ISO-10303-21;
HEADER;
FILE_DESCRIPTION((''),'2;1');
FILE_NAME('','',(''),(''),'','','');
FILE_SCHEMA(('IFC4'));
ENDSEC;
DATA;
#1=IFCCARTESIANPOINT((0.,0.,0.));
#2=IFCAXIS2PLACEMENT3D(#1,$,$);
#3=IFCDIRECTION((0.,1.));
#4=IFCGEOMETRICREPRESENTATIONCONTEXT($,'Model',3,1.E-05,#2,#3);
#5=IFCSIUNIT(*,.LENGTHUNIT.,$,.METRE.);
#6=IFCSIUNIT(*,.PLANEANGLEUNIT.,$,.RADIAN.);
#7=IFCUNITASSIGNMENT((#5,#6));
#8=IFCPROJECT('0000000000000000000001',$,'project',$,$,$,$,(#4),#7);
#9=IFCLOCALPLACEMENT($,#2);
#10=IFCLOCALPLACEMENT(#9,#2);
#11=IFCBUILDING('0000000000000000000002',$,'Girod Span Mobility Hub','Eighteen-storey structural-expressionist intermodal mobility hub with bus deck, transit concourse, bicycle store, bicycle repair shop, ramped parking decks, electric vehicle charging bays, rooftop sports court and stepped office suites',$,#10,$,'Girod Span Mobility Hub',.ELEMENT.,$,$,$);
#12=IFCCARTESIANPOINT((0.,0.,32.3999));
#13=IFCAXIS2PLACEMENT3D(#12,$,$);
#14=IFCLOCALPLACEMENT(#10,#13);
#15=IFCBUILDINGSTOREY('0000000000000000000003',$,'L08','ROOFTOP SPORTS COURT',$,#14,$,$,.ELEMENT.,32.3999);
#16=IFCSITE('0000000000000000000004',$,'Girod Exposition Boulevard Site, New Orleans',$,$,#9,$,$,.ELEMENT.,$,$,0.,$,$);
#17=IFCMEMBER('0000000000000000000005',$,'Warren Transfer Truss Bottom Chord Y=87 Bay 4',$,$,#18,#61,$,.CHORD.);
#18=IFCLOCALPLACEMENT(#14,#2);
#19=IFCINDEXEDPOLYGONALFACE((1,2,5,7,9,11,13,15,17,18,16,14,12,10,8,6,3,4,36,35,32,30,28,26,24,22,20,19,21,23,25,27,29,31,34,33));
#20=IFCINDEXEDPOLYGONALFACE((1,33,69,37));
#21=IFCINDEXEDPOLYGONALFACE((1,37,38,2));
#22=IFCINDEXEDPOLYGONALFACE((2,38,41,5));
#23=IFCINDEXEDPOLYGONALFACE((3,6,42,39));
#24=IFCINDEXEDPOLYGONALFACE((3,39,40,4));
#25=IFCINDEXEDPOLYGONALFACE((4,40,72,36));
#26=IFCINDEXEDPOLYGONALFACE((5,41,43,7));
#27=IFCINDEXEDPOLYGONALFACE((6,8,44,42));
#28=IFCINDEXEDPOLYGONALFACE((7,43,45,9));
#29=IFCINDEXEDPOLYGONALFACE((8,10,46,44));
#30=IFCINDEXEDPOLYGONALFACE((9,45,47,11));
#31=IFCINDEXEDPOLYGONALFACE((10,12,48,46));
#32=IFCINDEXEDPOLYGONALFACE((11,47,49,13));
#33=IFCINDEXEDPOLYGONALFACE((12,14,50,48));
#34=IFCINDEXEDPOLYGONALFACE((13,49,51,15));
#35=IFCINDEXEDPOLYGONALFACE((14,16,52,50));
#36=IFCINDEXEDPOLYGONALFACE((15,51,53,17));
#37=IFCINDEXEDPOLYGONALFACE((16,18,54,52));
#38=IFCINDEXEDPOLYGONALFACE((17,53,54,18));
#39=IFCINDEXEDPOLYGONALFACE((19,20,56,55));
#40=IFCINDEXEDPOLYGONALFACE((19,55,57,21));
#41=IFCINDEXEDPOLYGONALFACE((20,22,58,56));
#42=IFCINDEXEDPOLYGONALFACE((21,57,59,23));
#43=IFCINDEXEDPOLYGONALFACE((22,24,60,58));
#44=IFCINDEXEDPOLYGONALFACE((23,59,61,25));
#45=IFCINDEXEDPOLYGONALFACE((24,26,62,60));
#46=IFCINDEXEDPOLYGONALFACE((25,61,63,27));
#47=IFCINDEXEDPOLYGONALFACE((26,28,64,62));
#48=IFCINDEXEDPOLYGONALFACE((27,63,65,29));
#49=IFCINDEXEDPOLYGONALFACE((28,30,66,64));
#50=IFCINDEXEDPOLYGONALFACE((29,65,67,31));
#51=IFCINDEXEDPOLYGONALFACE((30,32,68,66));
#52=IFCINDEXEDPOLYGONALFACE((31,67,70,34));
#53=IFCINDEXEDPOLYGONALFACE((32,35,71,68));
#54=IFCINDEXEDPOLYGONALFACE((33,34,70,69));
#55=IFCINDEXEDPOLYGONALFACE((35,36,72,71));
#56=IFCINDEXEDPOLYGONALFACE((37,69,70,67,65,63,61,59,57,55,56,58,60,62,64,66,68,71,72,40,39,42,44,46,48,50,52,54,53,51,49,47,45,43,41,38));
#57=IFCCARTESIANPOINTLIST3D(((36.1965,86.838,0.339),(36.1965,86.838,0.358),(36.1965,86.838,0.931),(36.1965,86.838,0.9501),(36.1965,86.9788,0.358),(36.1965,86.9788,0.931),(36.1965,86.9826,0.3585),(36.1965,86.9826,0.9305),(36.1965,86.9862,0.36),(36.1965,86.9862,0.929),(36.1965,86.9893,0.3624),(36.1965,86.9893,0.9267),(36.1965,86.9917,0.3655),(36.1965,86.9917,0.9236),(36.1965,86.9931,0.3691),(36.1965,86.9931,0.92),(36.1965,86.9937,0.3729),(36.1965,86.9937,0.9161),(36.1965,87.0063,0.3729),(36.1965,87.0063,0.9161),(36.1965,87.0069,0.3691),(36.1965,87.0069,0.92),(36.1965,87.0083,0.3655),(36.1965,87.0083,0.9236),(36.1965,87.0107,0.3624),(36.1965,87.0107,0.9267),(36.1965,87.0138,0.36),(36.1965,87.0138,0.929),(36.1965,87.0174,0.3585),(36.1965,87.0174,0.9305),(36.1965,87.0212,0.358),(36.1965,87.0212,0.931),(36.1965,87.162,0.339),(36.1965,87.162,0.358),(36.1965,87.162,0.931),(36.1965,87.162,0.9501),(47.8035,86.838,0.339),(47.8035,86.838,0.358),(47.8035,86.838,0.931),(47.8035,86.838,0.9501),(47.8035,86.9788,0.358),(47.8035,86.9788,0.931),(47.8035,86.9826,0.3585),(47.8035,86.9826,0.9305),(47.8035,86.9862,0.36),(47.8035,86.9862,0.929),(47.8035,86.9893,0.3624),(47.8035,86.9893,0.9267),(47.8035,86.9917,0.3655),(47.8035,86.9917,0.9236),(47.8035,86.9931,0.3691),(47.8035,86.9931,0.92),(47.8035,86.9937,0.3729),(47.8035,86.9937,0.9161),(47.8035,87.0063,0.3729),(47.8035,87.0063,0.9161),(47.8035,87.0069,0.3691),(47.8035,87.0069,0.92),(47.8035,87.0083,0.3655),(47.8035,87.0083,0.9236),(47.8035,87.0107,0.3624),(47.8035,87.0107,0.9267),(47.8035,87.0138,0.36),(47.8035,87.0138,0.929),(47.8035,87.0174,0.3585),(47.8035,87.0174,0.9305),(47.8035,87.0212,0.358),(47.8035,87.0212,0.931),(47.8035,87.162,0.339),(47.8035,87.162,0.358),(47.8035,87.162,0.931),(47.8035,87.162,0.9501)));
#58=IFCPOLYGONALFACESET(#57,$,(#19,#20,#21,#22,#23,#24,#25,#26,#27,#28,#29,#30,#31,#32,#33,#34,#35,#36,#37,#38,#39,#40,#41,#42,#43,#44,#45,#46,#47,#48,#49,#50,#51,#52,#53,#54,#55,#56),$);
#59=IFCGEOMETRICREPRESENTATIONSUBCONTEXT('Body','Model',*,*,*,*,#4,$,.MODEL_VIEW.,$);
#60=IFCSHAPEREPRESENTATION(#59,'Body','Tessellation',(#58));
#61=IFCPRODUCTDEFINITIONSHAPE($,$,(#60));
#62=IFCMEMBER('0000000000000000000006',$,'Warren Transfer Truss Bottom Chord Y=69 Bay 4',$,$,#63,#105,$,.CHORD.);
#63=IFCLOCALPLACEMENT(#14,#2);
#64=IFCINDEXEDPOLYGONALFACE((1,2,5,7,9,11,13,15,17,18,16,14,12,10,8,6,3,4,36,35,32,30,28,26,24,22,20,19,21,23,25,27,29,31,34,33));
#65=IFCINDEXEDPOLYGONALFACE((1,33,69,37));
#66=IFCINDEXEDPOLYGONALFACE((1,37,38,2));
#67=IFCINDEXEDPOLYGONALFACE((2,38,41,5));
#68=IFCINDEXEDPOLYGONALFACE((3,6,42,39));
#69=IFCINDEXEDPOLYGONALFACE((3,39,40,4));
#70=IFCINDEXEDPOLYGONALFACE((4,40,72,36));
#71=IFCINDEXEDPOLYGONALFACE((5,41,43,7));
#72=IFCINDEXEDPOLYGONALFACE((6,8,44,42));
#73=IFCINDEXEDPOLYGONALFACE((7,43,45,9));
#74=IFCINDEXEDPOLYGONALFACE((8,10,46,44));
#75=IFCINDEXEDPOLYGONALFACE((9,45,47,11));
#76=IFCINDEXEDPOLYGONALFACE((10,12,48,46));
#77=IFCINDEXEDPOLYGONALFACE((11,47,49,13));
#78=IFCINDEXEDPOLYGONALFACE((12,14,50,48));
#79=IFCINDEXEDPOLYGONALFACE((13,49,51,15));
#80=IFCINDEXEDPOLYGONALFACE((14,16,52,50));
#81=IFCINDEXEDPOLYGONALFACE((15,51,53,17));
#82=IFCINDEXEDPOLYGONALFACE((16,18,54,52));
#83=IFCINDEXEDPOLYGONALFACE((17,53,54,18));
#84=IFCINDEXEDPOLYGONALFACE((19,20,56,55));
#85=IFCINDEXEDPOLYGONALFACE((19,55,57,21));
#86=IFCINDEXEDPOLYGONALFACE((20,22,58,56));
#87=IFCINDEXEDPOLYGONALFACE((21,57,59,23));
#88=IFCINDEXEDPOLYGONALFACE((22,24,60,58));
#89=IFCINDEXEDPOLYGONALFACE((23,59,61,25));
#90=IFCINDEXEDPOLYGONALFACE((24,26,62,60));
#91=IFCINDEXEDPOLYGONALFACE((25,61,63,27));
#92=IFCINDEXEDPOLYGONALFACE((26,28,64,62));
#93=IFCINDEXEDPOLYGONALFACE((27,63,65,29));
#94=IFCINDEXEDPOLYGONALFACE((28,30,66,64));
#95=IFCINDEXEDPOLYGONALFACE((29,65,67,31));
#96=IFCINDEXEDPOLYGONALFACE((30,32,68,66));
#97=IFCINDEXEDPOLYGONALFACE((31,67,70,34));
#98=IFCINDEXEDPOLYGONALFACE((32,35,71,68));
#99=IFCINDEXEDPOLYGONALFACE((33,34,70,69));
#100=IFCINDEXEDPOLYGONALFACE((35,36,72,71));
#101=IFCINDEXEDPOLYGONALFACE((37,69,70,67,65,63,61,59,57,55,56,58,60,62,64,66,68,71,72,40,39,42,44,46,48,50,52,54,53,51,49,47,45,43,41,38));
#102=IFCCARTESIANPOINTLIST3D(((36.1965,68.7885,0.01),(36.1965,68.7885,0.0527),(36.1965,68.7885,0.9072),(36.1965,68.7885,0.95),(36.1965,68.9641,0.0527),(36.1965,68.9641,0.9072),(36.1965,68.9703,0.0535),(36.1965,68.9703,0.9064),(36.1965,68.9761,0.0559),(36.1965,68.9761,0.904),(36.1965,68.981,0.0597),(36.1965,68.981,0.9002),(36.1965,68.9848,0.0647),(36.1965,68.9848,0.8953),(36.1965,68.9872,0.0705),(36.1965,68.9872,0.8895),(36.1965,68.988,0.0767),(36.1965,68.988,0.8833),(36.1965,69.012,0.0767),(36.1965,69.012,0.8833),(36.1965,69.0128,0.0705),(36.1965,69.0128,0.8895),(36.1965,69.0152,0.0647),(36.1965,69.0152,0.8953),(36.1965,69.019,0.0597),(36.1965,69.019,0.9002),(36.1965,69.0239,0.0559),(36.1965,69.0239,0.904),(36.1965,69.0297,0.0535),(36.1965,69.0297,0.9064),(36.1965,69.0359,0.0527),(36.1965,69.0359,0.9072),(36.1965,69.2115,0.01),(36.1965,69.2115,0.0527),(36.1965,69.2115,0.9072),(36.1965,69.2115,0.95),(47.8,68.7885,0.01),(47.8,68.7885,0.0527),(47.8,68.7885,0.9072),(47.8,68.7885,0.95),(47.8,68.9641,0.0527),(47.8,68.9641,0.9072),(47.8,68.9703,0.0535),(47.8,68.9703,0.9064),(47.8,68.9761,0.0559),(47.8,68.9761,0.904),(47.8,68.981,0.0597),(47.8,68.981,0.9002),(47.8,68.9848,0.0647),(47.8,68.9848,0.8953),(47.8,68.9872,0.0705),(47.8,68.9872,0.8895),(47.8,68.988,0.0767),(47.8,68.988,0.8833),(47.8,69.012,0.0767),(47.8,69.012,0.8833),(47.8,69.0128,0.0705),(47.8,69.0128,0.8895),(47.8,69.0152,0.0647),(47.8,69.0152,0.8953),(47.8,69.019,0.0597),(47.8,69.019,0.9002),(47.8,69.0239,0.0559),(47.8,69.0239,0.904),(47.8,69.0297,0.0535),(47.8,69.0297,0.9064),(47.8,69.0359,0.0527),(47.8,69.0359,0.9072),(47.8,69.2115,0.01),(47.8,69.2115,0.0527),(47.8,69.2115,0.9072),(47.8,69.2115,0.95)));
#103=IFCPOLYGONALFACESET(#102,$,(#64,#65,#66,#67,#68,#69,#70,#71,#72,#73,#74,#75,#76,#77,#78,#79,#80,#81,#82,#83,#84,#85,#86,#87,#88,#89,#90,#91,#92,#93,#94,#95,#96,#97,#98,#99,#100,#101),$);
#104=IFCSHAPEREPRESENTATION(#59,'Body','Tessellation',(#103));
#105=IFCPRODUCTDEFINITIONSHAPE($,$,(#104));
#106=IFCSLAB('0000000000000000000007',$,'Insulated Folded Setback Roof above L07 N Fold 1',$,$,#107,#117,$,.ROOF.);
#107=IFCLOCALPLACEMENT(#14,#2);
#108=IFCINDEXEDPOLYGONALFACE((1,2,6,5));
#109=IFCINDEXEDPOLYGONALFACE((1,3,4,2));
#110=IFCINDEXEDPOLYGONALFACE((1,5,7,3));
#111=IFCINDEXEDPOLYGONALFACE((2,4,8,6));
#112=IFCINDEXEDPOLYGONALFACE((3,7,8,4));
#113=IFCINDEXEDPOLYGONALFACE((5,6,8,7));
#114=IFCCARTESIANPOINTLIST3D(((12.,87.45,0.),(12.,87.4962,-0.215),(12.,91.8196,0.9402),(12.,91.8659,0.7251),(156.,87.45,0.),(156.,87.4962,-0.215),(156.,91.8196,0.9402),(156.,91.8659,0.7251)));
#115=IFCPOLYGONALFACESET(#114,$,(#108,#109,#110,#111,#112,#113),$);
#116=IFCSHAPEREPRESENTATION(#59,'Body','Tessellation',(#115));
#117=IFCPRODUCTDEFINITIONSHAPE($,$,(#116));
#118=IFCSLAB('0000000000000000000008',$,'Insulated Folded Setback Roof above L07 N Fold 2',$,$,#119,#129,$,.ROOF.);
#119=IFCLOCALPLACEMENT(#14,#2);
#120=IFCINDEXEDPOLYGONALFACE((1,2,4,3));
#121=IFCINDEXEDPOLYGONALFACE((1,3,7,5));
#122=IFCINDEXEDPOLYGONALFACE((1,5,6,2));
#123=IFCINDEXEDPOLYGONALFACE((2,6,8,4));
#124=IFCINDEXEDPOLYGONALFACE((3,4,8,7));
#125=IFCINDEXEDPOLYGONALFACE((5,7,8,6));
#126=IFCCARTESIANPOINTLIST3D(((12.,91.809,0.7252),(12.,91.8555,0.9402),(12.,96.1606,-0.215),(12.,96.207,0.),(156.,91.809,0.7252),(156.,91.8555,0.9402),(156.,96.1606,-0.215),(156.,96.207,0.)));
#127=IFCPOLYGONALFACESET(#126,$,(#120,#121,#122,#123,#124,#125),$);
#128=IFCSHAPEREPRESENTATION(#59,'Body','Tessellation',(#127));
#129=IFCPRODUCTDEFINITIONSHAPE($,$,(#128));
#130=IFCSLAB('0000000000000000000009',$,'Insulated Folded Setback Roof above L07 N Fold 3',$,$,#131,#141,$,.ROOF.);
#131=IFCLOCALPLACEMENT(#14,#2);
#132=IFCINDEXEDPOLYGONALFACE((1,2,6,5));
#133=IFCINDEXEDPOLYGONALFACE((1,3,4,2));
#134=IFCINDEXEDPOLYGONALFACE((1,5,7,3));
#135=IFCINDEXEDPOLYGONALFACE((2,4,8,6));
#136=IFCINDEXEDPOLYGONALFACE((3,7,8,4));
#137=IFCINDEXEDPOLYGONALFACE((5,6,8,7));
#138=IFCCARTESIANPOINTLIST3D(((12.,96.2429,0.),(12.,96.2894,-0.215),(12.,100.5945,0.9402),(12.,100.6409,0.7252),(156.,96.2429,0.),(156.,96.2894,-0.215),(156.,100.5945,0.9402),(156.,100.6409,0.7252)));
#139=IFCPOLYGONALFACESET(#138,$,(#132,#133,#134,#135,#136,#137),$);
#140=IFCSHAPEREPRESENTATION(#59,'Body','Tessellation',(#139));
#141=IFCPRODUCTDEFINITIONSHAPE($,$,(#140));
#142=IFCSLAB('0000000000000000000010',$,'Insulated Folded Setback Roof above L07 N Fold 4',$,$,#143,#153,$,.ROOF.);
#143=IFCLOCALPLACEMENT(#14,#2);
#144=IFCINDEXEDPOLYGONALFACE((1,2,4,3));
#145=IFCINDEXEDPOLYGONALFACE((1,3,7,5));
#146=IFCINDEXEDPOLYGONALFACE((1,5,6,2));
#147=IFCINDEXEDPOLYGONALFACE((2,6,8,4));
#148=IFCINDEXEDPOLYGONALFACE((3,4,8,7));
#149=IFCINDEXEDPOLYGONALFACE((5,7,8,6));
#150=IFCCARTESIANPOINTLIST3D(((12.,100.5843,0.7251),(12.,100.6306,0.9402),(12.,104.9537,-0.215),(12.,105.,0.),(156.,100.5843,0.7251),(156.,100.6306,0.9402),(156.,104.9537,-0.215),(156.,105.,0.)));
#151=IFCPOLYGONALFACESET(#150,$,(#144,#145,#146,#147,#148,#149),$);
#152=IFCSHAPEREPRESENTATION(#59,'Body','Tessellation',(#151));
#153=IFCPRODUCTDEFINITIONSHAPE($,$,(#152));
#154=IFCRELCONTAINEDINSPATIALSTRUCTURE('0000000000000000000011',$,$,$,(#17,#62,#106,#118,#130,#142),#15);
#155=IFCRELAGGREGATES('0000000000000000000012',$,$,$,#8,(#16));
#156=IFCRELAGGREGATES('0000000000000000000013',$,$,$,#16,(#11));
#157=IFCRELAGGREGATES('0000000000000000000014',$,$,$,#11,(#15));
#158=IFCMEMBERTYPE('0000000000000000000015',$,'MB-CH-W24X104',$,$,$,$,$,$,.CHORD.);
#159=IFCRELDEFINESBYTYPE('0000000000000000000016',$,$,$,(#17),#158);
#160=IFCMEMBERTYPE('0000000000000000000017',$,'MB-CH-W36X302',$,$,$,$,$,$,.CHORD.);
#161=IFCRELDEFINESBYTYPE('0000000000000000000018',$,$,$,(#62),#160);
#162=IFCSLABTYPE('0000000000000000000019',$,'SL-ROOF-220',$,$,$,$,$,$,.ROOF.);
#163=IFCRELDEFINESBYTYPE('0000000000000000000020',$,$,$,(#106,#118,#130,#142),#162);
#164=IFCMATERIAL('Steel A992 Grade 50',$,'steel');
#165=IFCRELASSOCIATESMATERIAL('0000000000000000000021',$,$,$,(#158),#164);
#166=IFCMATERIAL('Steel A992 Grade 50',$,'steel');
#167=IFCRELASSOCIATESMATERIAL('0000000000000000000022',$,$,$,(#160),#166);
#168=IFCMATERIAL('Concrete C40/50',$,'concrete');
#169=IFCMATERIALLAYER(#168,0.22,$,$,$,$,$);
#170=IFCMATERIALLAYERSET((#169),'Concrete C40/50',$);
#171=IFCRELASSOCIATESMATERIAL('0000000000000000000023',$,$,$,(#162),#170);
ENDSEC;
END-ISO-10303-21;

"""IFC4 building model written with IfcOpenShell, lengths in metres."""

from ifc_helpers import new_model, si_unit, direction, frame, origin, origin_2d, place, context, subcontext, project, spatial, polyline, i_section, outline, extrude, material, layer, layer_set, material_profile, profile_set, type_object, element, save


model = new_model("IFC4")

# Units and contexts
model_context = context("Model", 3, precision=1e-05, world=origin(), true_north=direction((0.0, 1.0)))
body_context = subcontext(model_context, "Body", "Model", "MODEL_VIEW")
ifc_project = project(units=[si_unit("LENGTHUNIT", "METRE"), si_unit("PLANEANGLEUNIT", "RADIAN")], contexts=[model_context])

# Site, building, storey
site_placement = place(None, origin())
site = spatial("IfcSite", under=ifc_project, at=site_placement, Name="Girod Exposition Boulevard Site, New Orleans", CompositionType="ELEMENT", RefElevation=0.0)
building_placement = place(site_placement, origin())
building = spatial("IfcBuilding", under=site, at=building_placement, Name="Girod Span Mobility Hub", Description="Eighteen-storey structural-expressionist intermodal mobility hub with bus deck, transit concourse, bicycle store, bicycle repair shop, ramped parking decks, electric vehicle charging bays, rooftop sports court and stepped office suites", LongName="Girod Span Mobility Hub", CompositionType="ELEMENT")
storey_placement = place(building_placement, frame((0.0, 0.0, 32.3999)))
storey = spatial("IfcBuildingStorey", under=building, at=storey_placement, Name="L08", Description="ROOFTOP SPORTS COURT", CompositionType="ELEMENT", Elevation=32.3999)

# Members
ifc_material_1 = material(Name="Steel A992 Grade 50", Category="steel")
ifc_material_profile_1 = material_profile(ifc_material_1, i_section(OverallWidth=0.324, OverallDepth=0.6111, WebThickness=0.0127, FlangeThickness=0.019, FilletRadius=0.0149, at=origin_2d()), Name="W24X104")
ifc_profile_set_1 = profile_set([ifc_material_profile_1], Name="Steel A992 Grade 50")
member_type_1 = type_object("IfcMemberType", Name="MB-CH-W24X104", PredefinedType="CHORD", material=ifc_profile_set_1)
for number, where, z_axis, x_axis, name in (
    (1, (36.1965, 87.0, 0.6445), (1.0, 0.0, 0.0), (0.0, 1.0, 0.0), "Warren Transfer Truss Bottom Chord Y=87 Bay 4"),
):
    element("IfcMember", number, at=place(storey_placement, frame(where, z_axis=z_axis, x_axis=x_axis)), inside=storey, type_object=member_type_1, Name=name, PredefinedType="CHORD", context=body_context, shape_type="SweptSolid", body=[
        extrude(i_section(OverallWidth=0.324, OverallDepth=0.6111, WebThickness=0.0127, FlangeThickness=0.019, FilletRadius=0.0149, at=origin_2d()), origin(), (0.0, 0.0, 1.0), 11.6069),
    ])
ifc_material_2 = material(Name="Steel A992 Grade 50", Category="steel")
ifc_material_profile_2 = material_profile(ifc_material_2, i_section(OverallWidth=0.4231, OverallDepth=0.9399, WebThickness=0.0239, FlangeThickness=0.0427, FilletRadius=0.0239, at=origin_2d()), Name="W36X302")
ifc_profile_set_2 = profile_set([ifc_material_profile_2], Name="Steel A992 Grade 50")
member_type_2 = type_object("IfcMemberType", Name="MB-CH-W36X302", PredefinedType="CHORD", material=ifc_profile_set_2)
member_1_placement = place(storey_placement, frame((36.1965, 69.0, 0.48), z_axis=(1.0, 0.0, 0.0), x_axis=(0.0, 1.0, 0.0)))
element("IfcMember", 2, at=member_1_placement, inside=storey, type_object=member_type_2, Name="Warren Transfer Truss Bottom Chord Y=69 Bay 4", PredefinedType="CHORD", context=body_context, shape_type="SweptSolid", body=[
    extrude(i_section(OverallWidth=0.4231, OverallDepth=0.9399, WebThickness=0.0239, FlangeThickness=0.0427, FilletRadius=0.0239, at=origin_2d()), origin(), (0.0, 0.0, 1.0), 11.6035),
])

# Slabs
ifc_material_3 = material(Name="Concrete C40/50", Category="concrete")
ifc_layer_1 = layer(ifc_material_3, 0.22)
ifc_layer_set_1 = layer_set([ifc_layer_1], Name="Concrete C40/50")
slab_type = type_object("IfcSlabType", Name="SL-ROOF-220", PredefinedType="ROOF", material=ifc_layer_set_1)
slab_1_placement = place(storey_placement, frame((12.0, 87.45, 0.0), z_axis=(0.0, -0.21035, 0.977626), x_axis=(1.0, 0.0, 0.0)))
element("IfcSlab", 3, at=slab_1_placement, inside=storey, type_object=slab_type, Name="Insulated Folded Setback Roof above L07 N Fold 1", PredefinedType="ROOF", context=body_context, shape_type="SweptSolid", body=[
    extrude(outline(polyline([(0.0, 0.0), (144.0, 0.0), (144.0, 4.4696), (0.0, 4.4696), (0.0, 0.0)])), origin(), (0.0, 0.0, -1.0), 0.22),
])
for number, where, z_axis, x_axis, name in (
    (4, (12.0, 91.8555, 0.9402), (0.0, 0.211184, 0.977446), (1.0, 0.0, 0.0), "Insulated Folded Setback Roof above L07 N Fold 2"),
    (5, (12.0, 96.2429, 0.0), (0.0, -0.211184, 0.977446), (1.0, 0.0, 0.0), "Insulated Folded Setback Roof above L07 N Fold 3"),
):
    element("IfcSlab", number, at=place(storey_placement, frame(where, z_axis=z_axis, x_axis=x_axis)), inside=storey, type_object=slab_type, Name=name, PredefinedType="ROOF", context=body_context, shape_type="SweptSolid", body=[
        extrude(outline(polyline([(0.0, 0.0), (144.0, 0.0), (144.0, 4.452), (0.0, 4.452), (0.0, 0.0)])), origin(), (0.0, 0.0, -1.0), 0.22),
    ])
slab_2_placement = place(storey_placement, frame((12.0, 100.6306, 0.9402), z_axis=(0.0, 0.210361, 0.977624), x_axis=(1.0, 0.0, 0.0)))
element("IfcSlab", 6, at=slab_2_placement, inside=storey, type_object=slab_type, Name="Insulated Folded Setback Roof above L07 N Fold 4", PredefinedType="ROOF", context=body_context, shape_type="SweptSolid", body=[
    extrude(outline(polyline([(0.0, 0.0), (144.0, 0.0), (144.0, 4.4694), (0.0, 4.4694), (0.0, 0.0)])), origin(), (0.0, 0.0, -1.0), 0.22),
])

save(model, "model.ifc")
